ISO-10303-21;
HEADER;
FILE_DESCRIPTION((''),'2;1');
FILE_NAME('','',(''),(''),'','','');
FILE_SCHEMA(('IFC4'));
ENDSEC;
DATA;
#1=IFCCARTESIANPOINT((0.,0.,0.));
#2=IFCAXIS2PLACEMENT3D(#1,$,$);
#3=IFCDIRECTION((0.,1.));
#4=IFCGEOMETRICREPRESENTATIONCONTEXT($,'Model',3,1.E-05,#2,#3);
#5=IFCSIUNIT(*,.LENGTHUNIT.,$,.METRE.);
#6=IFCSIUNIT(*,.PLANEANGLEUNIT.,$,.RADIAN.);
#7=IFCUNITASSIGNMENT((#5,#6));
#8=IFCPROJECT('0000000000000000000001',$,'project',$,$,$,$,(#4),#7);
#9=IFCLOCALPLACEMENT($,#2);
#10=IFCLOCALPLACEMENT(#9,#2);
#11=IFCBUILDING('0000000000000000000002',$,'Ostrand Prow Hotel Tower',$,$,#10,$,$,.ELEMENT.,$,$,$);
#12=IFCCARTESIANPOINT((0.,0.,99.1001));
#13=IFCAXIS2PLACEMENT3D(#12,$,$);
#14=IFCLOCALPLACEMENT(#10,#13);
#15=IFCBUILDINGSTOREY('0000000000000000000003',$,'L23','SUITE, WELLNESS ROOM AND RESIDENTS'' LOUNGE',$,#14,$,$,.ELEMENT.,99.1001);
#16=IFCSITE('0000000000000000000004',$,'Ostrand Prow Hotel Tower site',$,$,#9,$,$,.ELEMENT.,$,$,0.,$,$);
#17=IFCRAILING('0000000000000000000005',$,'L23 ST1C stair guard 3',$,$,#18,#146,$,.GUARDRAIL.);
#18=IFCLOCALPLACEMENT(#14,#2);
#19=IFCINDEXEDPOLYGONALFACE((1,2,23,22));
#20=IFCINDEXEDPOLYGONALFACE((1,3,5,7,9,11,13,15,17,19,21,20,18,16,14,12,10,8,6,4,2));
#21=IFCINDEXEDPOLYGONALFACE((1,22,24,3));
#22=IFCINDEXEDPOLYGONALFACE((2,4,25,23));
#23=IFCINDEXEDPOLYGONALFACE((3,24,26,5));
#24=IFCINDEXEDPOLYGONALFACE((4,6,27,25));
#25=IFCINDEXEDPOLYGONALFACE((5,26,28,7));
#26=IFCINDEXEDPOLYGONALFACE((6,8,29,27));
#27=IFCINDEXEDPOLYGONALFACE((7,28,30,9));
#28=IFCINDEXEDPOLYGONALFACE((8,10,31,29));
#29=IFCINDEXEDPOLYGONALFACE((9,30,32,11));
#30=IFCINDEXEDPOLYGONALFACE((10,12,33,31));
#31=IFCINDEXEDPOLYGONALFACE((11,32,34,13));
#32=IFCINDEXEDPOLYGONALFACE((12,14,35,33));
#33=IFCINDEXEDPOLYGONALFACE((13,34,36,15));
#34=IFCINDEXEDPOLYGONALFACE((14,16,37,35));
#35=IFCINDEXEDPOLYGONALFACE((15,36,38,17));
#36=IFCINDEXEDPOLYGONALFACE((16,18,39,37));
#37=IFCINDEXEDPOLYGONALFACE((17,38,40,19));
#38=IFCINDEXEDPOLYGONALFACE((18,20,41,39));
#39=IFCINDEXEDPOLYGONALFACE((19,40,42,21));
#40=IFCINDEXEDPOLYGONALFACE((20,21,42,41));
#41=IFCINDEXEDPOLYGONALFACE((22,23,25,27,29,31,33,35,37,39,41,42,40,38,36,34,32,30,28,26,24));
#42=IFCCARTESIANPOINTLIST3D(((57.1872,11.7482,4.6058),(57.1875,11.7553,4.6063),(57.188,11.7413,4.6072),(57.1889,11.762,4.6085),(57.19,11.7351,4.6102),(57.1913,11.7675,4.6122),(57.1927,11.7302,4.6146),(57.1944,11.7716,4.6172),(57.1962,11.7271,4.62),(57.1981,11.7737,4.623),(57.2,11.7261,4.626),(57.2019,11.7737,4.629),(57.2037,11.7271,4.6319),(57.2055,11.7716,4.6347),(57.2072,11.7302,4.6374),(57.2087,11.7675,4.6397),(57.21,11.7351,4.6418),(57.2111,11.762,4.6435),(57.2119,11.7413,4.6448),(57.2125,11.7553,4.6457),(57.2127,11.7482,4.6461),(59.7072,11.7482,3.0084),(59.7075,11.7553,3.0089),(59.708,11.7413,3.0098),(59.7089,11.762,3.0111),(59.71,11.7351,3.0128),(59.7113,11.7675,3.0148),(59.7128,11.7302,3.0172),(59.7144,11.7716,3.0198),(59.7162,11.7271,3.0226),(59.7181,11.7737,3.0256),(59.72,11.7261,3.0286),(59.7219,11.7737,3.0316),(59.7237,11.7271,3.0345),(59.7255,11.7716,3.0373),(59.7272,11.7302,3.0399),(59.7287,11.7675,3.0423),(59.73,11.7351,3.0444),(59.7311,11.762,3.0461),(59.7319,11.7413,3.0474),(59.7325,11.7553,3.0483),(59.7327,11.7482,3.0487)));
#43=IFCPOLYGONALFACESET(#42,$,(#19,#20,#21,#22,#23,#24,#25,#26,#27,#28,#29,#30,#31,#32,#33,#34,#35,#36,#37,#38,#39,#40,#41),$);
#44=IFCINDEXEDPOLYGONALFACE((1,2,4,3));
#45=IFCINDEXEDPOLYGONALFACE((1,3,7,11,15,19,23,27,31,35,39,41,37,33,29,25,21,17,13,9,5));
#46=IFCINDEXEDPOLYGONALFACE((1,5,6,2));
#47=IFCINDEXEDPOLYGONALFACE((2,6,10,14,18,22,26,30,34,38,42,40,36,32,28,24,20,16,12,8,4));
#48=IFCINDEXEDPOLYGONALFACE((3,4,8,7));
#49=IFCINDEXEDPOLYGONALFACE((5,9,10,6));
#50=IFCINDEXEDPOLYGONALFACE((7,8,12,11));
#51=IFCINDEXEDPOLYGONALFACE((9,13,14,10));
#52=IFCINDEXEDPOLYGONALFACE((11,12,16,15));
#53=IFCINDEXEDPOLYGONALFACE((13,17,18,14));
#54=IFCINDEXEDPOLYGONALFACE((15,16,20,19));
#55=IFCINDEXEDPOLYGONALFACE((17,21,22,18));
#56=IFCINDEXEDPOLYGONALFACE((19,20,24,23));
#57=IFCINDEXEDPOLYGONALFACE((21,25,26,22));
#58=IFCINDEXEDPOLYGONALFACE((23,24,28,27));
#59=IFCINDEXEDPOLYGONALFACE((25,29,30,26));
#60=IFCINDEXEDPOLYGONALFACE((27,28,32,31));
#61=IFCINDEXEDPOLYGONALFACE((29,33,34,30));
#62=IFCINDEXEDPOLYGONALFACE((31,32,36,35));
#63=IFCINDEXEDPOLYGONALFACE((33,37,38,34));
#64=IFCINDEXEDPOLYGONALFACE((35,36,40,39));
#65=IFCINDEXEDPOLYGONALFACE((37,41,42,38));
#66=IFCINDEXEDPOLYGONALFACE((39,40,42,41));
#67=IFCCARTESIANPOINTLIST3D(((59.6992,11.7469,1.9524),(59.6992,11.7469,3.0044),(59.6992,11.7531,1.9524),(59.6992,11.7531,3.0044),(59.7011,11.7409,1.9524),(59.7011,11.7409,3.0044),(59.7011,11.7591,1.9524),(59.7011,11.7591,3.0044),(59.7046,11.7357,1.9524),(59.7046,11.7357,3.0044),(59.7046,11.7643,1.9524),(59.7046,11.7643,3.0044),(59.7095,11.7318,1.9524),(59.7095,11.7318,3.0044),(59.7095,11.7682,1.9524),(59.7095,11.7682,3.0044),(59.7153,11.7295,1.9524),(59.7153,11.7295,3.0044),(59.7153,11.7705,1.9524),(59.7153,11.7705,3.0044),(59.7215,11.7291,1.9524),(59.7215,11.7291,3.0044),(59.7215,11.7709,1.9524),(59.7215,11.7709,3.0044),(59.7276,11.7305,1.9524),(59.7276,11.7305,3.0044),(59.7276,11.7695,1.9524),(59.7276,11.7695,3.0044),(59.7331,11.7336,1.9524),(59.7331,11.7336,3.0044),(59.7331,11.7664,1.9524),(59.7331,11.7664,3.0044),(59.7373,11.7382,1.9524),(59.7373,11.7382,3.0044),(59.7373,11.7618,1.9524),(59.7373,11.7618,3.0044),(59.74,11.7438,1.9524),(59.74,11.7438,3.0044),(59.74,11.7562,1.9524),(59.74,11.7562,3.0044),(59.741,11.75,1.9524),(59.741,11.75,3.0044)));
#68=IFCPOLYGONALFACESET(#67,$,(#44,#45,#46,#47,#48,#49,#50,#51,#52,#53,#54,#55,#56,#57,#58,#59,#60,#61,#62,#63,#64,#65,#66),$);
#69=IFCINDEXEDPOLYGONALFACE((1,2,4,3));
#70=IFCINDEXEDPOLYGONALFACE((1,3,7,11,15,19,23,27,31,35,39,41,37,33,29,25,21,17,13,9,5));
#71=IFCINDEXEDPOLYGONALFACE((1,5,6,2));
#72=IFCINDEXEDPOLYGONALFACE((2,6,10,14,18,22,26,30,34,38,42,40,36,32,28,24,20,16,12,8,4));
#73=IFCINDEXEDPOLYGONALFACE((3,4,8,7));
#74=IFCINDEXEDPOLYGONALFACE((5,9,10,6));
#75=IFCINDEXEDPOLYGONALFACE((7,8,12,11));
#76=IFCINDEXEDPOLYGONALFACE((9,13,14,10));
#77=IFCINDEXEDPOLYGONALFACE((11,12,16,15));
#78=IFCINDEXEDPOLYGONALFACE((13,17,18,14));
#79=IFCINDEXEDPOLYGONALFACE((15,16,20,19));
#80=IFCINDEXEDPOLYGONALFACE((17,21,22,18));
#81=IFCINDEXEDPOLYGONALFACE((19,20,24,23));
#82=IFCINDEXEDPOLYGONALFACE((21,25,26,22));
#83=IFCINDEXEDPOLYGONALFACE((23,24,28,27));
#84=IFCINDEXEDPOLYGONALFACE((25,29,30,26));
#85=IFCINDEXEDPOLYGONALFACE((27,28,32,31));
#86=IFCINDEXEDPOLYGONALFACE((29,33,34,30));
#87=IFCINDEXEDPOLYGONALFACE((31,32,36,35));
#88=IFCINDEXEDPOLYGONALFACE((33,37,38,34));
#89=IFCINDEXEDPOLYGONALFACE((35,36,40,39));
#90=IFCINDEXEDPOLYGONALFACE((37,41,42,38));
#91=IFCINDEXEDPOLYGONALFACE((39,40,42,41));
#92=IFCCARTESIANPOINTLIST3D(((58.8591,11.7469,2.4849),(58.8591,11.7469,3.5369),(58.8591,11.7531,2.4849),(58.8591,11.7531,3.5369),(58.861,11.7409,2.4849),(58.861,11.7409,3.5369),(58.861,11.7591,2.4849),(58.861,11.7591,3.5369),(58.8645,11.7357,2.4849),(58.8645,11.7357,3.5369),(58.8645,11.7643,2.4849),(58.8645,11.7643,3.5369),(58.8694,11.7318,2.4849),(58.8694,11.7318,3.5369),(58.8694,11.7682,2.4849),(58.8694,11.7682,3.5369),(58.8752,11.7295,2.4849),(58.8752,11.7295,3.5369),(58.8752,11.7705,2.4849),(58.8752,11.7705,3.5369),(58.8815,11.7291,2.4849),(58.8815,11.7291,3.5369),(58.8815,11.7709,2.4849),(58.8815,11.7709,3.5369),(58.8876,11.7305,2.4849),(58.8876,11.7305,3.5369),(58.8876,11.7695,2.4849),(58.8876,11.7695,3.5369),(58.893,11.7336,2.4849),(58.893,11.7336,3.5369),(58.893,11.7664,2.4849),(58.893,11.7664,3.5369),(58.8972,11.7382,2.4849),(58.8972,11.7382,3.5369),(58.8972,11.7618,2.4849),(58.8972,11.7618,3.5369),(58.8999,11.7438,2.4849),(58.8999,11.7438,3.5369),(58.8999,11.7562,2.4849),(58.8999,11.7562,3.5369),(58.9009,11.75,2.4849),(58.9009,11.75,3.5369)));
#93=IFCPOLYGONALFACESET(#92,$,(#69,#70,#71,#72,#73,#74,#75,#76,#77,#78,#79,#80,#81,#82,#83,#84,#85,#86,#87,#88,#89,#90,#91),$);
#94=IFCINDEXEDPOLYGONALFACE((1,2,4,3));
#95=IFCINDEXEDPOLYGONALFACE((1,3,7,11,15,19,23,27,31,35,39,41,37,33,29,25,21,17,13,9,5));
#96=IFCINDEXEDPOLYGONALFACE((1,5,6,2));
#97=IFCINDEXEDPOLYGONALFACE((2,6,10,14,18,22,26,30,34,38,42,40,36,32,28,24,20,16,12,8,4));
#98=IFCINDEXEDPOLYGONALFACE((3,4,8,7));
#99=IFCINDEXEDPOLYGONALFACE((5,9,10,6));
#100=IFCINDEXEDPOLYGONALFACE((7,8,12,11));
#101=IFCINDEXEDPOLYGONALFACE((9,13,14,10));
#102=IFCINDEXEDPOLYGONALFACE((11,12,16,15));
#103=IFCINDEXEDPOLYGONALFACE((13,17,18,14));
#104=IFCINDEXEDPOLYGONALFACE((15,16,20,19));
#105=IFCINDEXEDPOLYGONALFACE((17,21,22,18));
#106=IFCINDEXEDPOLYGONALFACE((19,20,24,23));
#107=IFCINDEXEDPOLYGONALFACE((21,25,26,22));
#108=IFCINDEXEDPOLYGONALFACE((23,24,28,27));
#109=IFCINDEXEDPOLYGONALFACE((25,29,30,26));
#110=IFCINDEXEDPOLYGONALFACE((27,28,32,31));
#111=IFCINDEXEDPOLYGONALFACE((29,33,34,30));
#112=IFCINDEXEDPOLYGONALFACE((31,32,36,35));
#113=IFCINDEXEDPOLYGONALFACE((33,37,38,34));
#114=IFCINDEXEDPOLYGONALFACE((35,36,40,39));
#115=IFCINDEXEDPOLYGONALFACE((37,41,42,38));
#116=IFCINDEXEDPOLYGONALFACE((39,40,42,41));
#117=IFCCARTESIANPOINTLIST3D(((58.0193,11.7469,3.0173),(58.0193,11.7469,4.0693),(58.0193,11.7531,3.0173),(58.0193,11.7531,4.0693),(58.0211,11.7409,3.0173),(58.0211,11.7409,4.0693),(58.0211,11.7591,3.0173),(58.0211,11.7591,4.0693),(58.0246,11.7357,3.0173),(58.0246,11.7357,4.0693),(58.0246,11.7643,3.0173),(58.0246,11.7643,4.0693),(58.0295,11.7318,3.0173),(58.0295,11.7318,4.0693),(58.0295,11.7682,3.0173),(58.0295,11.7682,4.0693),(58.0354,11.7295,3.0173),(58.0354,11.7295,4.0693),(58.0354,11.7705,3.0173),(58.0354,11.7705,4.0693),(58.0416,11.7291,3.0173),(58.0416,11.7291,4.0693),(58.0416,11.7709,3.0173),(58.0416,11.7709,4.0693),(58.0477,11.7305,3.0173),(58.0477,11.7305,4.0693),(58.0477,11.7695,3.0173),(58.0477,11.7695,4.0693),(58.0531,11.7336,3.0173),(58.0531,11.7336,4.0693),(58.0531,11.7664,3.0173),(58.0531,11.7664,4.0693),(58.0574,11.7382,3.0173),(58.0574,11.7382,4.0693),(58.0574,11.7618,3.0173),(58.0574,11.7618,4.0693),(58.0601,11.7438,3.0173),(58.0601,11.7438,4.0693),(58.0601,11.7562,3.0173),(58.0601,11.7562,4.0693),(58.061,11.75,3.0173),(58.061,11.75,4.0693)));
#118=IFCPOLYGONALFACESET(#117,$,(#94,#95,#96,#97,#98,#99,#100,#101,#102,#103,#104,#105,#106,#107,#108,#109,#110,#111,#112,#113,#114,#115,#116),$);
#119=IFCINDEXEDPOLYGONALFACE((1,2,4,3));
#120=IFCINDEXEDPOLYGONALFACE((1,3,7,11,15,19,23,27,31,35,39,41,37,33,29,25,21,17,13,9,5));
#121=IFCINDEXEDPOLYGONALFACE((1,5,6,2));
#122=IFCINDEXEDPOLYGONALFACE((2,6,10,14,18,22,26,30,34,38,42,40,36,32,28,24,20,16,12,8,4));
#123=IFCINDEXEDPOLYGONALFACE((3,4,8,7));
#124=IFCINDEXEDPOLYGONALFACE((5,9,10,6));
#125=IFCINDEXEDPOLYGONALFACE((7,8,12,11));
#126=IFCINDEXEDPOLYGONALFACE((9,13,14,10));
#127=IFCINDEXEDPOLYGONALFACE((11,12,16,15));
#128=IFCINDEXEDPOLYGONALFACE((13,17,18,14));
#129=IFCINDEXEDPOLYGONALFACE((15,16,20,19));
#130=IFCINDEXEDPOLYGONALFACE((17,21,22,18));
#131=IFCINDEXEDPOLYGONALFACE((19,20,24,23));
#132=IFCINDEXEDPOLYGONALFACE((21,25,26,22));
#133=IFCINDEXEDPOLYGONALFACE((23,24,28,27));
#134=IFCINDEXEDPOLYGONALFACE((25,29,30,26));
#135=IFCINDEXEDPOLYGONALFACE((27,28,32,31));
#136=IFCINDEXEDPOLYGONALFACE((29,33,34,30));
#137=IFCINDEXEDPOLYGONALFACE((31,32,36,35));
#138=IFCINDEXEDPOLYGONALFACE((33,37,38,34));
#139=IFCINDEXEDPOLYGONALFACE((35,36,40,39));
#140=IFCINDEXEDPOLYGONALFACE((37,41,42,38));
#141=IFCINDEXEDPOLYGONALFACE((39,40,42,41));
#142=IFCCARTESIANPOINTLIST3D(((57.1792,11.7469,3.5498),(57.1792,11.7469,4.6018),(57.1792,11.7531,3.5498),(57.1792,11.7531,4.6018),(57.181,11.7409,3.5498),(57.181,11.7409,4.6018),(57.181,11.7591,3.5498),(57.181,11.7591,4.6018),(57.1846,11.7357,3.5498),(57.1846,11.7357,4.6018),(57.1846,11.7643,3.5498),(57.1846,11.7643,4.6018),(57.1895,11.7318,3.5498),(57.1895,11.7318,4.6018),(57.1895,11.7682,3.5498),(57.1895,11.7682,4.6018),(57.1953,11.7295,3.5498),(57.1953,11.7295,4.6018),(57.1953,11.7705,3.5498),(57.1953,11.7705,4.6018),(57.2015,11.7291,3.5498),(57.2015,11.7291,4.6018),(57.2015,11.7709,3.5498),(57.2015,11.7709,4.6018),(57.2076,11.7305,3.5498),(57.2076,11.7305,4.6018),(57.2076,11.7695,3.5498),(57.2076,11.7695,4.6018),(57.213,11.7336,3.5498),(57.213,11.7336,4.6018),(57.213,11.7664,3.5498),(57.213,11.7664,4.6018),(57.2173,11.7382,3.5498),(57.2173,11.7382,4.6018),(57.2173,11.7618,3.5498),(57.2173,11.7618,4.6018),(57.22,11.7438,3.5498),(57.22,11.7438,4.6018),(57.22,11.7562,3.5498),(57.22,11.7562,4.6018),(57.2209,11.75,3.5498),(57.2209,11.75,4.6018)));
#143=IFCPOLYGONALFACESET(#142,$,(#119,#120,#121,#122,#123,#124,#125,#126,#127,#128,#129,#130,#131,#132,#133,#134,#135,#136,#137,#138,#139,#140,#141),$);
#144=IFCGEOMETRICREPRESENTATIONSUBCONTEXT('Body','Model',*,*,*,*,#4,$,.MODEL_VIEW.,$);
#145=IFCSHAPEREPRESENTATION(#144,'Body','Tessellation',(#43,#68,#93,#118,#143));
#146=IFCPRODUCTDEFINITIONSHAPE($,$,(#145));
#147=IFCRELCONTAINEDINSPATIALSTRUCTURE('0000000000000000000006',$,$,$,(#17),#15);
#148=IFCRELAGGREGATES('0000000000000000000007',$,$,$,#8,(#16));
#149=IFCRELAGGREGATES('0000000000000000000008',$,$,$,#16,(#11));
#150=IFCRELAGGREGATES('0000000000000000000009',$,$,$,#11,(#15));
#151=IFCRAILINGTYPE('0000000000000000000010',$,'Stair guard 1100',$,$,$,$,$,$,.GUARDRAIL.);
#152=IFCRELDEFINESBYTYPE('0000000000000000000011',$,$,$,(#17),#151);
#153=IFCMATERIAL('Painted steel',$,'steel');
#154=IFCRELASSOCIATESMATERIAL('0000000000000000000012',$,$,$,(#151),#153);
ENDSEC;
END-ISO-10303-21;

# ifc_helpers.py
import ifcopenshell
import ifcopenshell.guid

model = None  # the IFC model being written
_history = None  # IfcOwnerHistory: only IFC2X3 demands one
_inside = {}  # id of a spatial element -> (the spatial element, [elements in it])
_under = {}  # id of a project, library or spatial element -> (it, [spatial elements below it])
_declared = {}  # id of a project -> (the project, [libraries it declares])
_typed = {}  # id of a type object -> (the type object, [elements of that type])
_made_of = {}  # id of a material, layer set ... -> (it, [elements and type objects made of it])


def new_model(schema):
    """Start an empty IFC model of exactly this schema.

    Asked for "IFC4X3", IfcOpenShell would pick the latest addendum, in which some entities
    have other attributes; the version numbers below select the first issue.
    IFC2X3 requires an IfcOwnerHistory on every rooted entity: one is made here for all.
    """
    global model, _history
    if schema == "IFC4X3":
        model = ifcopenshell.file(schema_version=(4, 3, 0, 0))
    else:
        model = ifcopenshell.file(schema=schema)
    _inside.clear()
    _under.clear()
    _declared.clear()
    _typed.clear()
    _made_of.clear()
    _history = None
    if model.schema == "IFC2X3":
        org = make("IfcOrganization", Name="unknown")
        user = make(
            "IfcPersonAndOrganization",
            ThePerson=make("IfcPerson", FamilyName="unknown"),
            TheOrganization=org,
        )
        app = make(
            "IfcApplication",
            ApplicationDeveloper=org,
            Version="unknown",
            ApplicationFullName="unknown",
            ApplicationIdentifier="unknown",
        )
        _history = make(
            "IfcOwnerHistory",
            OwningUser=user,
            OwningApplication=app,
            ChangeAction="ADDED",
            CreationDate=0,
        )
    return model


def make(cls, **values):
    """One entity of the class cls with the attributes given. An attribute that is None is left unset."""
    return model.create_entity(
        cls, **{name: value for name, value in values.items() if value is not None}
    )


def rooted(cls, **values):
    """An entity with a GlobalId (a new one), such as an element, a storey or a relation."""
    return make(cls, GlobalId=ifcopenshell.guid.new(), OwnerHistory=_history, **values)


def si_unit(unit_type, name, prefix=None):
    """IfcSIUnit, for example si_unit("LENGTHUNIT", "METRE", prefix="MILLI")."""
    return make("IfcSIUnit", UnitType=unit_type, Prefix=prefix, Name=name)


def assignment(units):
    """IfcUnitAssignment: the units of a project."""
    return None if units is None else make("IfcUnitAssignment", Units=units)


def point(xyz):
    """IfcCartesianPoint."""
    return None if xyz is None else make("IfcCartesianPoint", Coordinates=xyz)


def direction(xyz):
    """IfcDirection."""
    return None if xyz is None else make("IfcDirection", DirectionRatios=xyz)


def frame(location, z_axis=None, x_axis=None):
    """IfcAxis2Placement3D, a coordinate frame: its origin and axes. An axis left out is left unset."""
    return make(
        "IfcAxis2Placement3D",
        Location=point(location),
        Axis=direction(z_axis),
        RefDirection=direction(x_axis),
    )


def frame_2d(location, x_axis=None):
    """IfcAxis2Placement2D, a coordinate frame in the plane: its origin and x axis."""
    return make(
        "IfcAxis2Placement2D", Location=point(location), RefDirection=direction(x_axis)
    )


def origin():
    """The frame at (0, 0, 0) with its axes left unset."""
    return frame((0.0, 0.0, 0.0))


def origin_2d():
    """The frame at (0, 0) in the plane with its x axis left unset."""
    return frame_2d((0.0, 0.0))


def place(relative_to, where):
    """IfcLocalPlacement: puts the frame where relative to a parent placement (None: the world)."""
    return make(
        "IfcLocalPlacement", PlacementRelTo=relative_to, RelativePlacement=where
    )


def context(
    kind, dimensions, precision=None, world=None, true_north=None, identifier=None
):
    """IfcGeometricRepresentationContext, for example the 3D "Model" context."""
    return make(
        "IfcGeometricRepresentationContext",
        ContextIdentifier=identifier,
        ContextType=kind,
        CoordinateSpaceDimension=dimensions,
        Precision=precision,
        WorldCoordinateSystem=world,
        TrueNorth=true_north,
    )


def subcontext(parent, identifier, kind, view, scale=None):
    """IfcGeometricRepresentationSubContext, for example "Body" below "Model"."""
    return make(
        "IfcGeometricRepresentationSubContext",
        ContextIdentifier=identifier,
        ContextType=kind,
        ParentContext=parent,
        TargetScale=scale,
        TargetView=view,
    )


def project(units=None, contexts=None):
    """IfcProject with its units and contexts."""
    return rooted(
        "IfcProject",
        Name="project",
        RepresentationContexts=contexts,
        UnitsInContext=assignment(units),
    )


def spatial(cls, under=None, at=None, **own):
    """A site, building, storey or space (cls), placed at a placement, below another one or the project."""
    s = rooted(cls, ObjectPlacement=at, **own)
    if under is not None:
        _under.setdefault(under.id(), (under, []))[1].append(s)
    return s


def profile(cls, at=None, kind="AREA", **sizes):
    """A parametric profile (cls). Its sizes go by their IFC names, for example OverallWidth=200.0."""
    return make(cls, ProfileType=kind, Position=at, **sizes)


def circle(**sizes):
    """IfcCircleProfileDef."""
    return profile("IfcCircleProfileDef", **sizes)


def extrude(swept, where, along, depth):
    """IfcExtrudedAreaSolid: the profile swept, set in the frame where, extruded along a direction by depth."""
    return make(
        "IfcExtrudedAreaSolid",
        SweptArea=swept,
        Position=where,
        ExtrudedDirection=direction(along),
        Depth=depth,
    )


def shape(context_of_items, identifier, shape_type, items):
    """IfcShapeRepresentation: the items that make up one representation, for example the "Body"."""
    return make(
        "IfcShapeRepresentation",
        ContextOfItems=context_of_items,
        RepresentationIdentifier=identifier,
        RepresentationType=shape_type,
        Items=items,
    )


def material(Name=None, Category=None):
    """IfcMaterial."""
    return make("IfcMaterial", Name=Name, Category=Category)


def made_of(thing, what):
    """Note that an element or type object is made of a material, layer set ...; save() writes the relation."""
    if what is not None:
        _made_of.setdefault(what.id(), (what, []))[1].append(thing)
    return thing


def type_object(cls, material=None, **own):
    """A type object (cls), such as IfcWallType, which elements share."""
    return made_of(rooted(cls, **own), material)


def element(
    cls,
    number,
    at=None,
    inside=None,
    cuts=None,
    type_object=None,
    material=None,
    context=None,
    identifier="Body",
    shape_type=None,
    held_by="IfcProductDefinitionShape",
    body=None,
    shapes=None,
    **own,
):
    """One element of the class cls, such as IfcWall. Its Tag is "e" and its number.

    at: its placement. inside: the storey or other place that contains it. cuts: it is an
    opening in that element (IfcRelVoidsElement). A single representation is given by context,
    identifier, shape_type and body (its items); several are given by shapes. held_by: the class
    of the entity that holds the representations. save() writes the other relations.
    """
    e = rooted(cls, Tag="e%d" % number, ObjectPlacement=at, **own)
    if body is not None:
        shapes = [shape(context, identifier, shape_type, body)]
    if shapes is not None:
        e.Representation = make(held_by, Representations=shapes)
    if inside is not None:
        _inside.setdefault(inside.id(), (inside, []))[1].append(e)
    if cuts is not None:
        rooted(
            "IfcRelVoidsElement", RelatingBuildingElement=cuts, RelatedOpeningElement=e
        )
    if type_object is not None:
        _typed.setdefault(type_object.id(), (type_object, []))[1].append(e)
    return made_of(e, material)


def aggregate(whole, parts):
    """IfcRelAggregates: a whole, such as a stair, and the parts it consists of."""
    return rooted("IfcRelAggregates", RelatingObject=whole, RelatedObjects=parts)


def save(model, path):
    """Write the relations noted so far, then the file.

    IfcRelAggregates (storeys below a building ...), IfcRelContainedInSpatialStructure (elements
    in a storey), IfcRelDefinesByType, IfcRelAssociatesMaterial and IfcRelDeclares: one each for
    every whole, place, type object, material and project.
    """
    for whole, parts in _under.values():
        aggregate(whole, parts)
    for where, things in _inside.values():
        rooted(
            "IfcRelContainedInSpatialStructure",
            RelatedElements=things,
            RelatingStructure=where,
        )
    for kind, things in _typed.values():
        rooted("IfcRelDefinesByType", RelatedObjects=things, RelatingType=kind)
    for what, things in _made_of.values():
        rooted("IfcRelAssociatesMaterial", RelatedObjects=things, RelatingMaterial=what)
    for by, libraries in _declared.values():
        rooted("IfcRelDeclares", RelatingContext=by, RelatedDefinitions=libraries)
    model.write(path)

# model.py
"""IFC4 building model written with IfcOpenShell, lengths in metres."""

from ifc_helpers import new_model, si_unit, direction, frame, origin, origin_2d, place, context, subcontext, project, spatial, circle, extrude, material, type_object, element, save


model = new_model("IFC4")

# Units and contexts
model_context = context("Model", 3, precision=1e-05, world=origin(), true_north=direction((0.0, 1.0)))
body_context = subcontext(model_context, "Body", "Model", "MODEL_VIEW")
ifc_project = project(units=[si_unit("LENGTHUNIT", "METRE"), si_unit("PLANEANGLEUNIT", "RADIAN")], contexts=[model_context])

# Site, building, storey
site_placement = place(None, origin())
site = spatial("IfcSite", under=ifc_project, at=site_placement, Name="Ostrand Prow Hotel Tower site", CompositionType="ELEMENT", RefElevation=0.0)
building_placement = place(site_placement, origin())
building = spatial("IfcBuilding", under=site, at=building_placement, Name="Ostrand Prow Hotel Tower", CompositionType="ELEMENT")
storey_placement = place(building_placement, frame((0.0, 0.0, 99.1001)))
storey = spatial("IfcBuildingStorey", under=building, at=storey_placement, Name="L23", Description="SUITE, WELLNESS ROOM AND RESIDENTS' LOUNGE", CompositionType="ELEMENT", Elevation=99.1001)

# Railing
ifc_material_1 = material(Name="Painted steel", Category="steel")
railing_type_1 = type_object("IfcRailingType", Name="Stair guard 1100", PredefinedType="GUARDRAIL", material=ifc_material_1)
railing_1_placement = place(storey_placement, frame((59.72, 11.75, 1.9524)))
element("IfcRailing", 1, at=railing_1_placement, inside=storey, type_object=railing_type_1, Name="L23 ST1C stair guard 3", PredefinedType="GUARDRAIL", context=body_context, shape_type="SweptSolid", body=[
    extrude(circle(Radius=0.0239, at=origin_2d()), frame((0.0, 0.0, 1.0762), z_axis=(-0.844607, 0.0, 0.535387), x_axis=(0.0, -1.0, 0.0)), (0.0, 0.0, 1.0), 2.9836),
    extrude(circle(Radius=0.021, at=origin_2d()), origin(), (0.0, 0.0, 1.0), 1.052),
    extrude(circle(Radius=0.021, at=origin_2d()), frame((-0.8401, 0.0, 0.5325)), (0.0, 0.0, 1.0), 1.052),
    extrude(circle(Radius=0.021, at=origin_2d()), frame((-1.6799, 0.0, 1.0649)), (0.0, 0.0, 1.0), 1.052),
    extrude(circle(Radius=0.021, at=origin_2d()), frame((-2.52, 0.0, 1.5974)), (0.0, 0.0, 1.0), 1.052),
])

save(model, "model.ifc")
